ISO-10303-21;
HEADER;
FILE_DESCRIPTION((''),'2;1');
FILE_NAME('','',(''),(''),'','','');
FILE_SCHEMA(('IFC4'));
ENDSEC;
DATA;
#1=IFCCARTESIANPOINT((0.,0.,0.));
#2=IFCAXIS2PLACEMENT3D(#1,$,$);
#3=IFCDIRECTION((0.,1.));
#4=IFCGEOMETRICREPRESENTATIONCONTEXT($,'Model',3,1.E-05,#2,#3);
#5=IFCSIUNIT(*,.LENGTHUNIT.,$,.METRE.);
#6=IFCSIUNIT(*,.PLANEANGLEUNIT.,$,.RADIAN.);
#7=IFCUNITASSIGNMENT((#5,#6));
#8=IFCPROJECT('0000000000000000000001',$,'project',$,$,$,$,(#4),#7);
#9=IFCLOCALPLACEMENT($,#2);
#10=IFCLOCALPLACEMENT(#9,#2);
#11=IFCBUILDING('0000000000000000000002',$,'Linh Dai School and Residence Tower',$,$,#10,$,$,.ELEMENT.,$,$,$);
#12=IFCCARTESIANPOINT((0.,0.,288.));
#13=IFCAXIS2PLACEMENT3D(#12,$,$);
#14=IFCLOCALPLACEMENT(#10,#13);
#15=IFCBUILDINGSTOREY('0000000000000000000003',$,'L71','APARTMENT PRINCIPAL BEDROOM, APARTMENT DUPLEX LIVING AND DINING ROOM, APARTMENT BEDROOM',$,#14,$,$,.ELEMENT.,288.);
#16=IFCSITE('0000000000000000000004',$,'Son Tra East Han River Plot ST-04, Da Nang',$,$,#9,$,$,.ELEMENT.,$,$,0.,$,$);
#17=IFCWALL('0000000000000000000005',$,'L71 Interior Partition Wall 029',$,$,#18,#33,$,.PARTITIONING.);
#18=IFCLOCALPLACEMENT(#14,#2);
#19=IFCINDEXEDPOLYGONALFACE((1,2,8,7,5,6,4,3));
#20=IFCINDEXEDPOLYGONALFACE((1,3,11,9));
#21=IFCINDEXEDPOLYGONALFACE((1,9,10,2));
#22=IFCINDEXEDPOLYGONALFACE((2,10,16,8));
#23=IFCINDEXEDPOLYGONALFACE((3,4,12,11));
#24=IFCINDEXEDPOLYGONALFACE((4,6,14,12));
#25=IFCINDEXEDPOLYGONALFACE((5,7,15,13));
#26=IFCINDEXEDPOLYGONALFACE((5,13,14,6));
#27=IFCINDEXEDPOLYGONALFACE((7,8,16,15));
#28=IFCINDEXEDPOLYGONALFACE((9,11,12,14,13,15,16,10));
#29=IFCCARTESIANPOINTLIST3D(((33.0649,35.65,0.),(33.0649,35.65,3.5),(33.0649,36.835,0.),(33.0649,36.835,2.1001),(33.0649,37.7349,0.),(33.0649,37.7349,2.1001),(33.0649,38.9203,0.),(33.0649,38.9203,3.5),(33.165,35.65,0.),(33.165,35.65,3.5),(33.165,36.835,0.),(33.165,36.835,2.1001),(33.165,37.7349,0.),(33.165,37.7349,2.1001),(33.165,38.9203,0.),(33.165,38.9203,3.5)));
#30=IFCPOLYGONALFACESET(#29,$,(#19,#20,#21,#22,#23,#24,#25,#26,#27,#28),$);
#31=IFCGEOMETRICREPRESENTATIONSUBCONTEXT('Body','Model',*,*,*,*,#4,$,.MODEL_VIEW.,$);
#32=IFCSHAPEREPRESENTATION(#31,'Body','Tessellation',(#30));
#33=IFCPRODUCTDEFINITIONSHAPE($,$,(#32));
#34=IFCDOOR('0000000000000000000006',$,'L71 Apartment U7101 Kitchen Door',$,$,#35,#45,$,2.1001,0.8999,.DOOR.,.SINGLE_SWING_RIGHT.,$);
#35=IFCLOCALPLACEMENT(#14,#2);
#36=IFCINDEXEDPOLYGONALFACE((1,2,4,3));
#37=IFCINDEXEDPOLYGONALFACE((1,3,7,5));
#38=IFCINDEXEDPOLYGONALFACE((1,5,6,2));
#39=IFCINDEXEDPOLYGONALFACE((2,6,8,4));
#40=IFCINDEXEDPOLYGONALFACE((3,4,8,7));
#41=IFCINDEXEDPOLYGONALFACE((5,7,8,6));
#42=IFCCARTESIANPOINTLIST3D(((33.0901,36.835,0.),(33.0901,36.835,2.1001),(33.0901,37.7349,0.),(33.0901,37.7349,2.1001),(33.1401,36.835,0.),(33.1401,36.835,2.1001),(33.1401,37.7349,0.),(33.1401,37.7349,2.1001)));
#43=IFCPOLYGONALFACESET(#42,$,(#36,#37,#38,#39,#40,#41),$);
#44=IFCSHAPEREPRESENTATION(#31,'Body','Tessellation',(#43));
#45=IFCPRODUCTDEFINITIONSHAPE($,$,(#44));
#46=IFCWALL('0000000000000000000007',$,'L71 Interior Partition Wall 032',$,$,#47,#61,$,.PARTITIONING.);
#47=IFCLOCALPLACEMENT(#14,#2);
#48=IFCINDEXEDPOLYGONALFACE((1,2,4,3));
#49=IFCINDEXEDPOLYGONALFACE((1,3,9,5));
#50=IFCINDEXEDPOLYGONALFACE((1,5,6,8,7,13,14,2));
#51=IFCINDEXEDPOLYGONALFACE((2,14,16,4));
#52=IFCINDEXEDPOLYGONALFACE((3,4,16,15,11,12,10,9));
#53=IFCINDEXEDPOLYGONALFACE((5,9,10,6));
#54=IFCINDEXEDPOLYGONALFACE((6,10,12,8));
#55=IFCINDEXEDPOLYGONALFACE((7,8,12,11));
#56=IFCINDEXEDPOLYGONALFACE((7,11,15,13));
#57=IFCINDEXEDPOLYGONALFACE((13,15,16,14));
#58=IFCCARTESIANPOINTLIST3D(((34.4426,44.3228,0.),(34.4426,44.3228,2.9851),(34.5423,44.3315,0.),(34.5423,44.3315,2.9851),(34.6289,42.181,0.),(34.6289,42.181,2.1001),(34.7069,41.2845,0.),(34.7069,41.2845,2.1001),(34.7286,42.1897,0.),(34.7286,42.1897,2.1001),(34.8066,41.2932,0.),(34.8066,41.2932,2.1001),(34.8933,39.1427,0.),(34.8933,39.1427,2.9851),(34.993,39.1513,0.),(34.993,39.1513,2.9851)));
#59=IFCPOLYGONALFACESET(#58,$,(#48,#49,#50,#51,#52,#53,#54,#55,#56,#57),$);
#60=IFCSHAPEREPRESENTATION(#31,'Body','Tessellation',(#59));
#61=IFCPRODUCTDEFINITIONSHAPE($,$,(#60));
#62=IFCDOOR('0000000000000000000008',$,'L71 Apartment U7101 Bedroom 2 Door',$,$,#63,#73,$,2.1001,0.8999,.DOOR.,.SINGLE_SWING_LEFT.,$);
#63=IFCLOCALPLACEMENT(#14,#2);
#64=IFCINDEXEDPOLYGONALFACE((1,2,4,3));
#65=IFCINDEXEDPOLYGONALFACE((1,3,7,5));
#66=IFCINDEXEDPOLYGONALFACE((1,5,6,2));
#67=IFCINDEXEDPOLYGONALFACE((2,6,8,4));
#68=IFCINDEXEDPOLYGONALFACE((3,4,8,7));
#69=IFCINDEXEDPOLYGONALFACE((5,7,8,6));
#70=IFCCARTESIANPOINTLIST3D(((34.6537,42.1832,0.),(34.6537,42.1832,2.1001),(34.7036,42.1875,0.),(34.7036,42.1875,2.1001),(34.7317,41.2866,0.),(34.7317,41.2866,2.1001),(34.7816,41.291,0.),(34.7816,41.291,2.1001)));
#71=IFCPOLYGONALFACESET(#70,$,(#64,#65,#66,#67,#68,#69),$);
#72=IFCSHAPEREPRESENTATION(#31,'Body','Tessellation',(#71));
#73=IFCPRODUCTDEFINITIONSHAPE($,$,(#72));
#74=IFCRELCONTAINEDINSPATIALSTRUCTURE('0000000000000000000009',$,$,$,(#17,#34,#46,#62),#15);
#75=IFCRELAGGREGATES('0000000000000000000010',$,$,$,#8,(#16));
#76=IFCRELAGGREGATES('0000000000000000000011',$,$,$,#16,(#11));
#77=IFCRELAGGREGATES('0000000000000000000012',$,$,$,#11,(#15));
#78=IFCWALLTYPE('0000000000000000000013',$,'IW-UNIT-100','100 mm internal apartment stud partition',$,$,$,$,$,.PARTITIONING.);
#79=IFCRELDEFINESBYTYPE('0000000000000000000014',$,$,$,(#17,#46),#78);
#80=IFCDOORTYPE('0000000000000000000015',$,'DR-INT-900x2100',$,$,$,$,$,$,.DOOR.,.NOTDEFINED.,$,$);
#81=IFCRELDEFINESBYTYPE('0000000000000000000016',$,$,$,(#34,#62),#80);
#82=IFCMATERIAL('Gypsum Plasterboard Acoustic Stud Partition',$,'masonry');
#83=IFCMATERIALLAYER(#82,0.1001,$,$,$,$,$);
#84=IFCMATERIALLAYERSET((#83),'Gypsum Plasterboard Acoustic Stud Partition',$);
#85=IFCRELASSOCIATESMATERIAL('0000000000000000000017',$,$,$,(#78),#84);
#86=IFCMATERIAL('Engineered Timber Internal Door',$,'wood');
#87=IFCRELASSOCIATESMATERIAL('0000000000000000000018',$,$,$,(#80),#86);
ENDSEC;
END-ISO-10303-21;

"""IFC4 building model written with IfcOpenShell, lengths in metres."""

from ifc_helpers import new_model, si_unit, direction, frame, frame_2d, origin, origin_2d, place, context, subcontext, project, spatial, rectangle, extrude, source, transform, mapped, material, layer, layer_set, type_object, element, fill, save


model = new_model("IFC4")

# Units and contexts
model_context = context("Model", 3, precision=1e-05, world=origin(), true_north=direction((0.0, 1.0)))
body_context = subcontext(model_context, "Body", "Model", "MODEL_VIEW")
ifc_project = project(units=[si_unit("LENGTHUNIT", "METRE"), si_unit("PLANEANGLEUNIT", "RADIAN")], contexts=[model_context])

# Site, building, storey
site_placement = place(None, origin())
site = spatial("IfcSite", under=ifc_project, at=site_placement, Name="Son Tra East Han River Plot ST-04, Da Nang", CompositionType="ELEMENT", RefElevation=0.0)
building_placement = place(site_placement, origin())
building = spatial("IfcBuilding", under=site, at=building_placement, Name="Linh Dai School and Residence Tower", CompositionType="ELEMENT")
storey_placement = place(building_placement, frame((0.0, 0.0, 288.0)))
storey = spatial("IfcBuildingStorey", under=building, at=storey_placement, Name="L71", Description="APARTMENT PRINCIPAL BEDROOM, APARTMENT DUPLEX LIVING AND DINING ROOM, APARTMENT BEDROOM", CompositionType="ELEMENT", Elevation=288.0)

# Shared definitions
ifc_material_1 = material(Name="Gypsum Plasterboard Acoustic Stud Partition", Category="masonry")
ifc_layer_1 = layer(ifc_material_1, 0.1001)
ifc_layer_set_1 = layer_set([ifc_layer_1], Name="Gypsum Plasterboard Acoustic Stud Partition")
wall_type_1 = type_object("IfcWallType", Name="IW-UNIT-100", Description="100 mm internal apartment stud partition", PredefinedType="PARTITIONING", material=ifc_layer_set_1)

# Walls, openings, doors
wall_1_placement = place(storey_placement, frame((33.115, 35.6499, 0.0), z_axis=(0.0, 0.0, 1.0), x_axis=(0.0, 1.0, 0.0)))
wall_1 = element("IfcWall", 1, at=wall_1_placement, inside=storey, type_object=wall_type_1, Name="L71 Interior Partition Wall 029", PredefinedType="PARTITIONING", context=body_context, shape_type="SweptSolid", body=[
    extrude(rectangle(XDim=3.2703, YDim=0.1001, at=frame_2d((1.6353, 0.0))), origin(), (0.0, 0.0, 1.0), 3.5),
])
opening_1_placement = place(wall_1_placement, frame((1.1851, 0.0, 0.0)))
opening_1 = element("IfcOpeningElement", 2, at=opening_1_placement, cuts=wall_1, PredefinedType="OPENING", context=body_context, shape_type="SweptSolid", body=[
    extrude(rectangle(XDim=0.8999, YDim=2.1001, at=origin_2d()), frame((0.45, 0.0601, 1.05), z_axis=(0.0, -1.0, 0.0), x_axis=(1.0, 0.0, 0.0)), (0.0, 0.0, 1.0), 0.1201),
])
ifc_material_2 = material(Name="Engineered Timber Internal Door", Category="wood")
door_type_1 = type_object("IfcDoorType", Name="DR-INT-900x2100", OperationType="NOTDEFINED", PredefinedType="DOOR", material=ifc_material_2)
shared_shape_1 = source(origin(), body_context, "Body", "SweptSolid", [
    extrude(rectangle(XDim=0.8999, YDim=2.1001, at=origin_2d()), frame((0.45, 0.0249, 1.05), z_axis=(0.0, -1.0, 0.0), x_axis=(1.0, 0.0, 0.0)), (0.0, 0.0, 1.0), 0.05),
])
door_1_placement = place(opening_1_placement, origin())
door_1 = element("IfcDoor", 3, at=door_1_placement, inside=storey, type_object=door_type_1, Name="L71 Apartment U7101 Kitchen Door", OperationType="SINGLE_SWING_RIGHT", OverallHeight=2.1001, OverallWidth=0.8999, PredefinedType="DOOR", context=body_context, shape_type="MappedRepresentation", body=[
    mapped(shared_shape_1, transform((0.0, 0.0, 0.0), x_axis=(1.0, 0.0, 0.0), y_axis=(0.0, 1.0, 0.0), z_axis=(0.0, 0.0, 1.0), scale=1.0)),
])
fill(opening_1, door_1)
wall_2_placement = place(storey_placement, frame((34.4924, 44.3271, 0.0), z_axis=(0.0, 0.0, 1.0), x_axis=(0.086674, -0.996237, 0.0)))
wall_2 = element("IfcWall", 4, at=wall_2_placement, inside=storey, type_object=wall_type_1, Name="L71 Interior Partition Wall 032", PredefinedType="PARTITIONING", context=body_context, shape_type="SweptSolid", body=[
    extrude(rectangle(XDim=5.1997, YDim=0.1001, at=frame_2d((2.5999, 0.0))), origin(), (0.0, 0.0, 1.0), 2.9851),
])
opening_2_placement = place(wall_2_placement, frame((2.1499, 0.0, 0.0)))
opening_2 = element("IfcOpeningElement", 5, at=opening_2_placement, cuts=wall_2, PredefinedType="OPENING", context=body_context, shape_type="SweptSolid", body=[
    extrude(rectangle(XDim=0.8999, YDim=2.1001, at=origin_2d()), frame((0.45, 0.0601, 1.05), z_axis=(0.0, -1.0, 0.0), x_axis=(1.0, 0.0, 0.0)), (0.0, 0.0, 1.0), 0.1201),
])
door_2_placement = place(opening_2_placement, origin())
door_2 = element("IfcDoor", 6, at=door_2_placement, inside=storey, type_object=door_type_1, Name="L71 Apartment U7101 Bedroom 2 Door", OperationType="SINGLE_SWING_LEFT", OverallHeight=2.1001, OverallWidth=0.8999, PredefinedType="DOOR", context=body_context, shape_type="MappedRepresentation", body=[
    mapped(shared_shape_1, transform((0.0, 0.0, 0.0), x_axis=(1.0, 0.0, 0.0), y_axis=(0.0, 1.0, 0.0), z_axis=(0.0, 0.0, 1.0), scale=1.0)),
])
fill(opening_2, door_2)

save(model, "model.ifc")
